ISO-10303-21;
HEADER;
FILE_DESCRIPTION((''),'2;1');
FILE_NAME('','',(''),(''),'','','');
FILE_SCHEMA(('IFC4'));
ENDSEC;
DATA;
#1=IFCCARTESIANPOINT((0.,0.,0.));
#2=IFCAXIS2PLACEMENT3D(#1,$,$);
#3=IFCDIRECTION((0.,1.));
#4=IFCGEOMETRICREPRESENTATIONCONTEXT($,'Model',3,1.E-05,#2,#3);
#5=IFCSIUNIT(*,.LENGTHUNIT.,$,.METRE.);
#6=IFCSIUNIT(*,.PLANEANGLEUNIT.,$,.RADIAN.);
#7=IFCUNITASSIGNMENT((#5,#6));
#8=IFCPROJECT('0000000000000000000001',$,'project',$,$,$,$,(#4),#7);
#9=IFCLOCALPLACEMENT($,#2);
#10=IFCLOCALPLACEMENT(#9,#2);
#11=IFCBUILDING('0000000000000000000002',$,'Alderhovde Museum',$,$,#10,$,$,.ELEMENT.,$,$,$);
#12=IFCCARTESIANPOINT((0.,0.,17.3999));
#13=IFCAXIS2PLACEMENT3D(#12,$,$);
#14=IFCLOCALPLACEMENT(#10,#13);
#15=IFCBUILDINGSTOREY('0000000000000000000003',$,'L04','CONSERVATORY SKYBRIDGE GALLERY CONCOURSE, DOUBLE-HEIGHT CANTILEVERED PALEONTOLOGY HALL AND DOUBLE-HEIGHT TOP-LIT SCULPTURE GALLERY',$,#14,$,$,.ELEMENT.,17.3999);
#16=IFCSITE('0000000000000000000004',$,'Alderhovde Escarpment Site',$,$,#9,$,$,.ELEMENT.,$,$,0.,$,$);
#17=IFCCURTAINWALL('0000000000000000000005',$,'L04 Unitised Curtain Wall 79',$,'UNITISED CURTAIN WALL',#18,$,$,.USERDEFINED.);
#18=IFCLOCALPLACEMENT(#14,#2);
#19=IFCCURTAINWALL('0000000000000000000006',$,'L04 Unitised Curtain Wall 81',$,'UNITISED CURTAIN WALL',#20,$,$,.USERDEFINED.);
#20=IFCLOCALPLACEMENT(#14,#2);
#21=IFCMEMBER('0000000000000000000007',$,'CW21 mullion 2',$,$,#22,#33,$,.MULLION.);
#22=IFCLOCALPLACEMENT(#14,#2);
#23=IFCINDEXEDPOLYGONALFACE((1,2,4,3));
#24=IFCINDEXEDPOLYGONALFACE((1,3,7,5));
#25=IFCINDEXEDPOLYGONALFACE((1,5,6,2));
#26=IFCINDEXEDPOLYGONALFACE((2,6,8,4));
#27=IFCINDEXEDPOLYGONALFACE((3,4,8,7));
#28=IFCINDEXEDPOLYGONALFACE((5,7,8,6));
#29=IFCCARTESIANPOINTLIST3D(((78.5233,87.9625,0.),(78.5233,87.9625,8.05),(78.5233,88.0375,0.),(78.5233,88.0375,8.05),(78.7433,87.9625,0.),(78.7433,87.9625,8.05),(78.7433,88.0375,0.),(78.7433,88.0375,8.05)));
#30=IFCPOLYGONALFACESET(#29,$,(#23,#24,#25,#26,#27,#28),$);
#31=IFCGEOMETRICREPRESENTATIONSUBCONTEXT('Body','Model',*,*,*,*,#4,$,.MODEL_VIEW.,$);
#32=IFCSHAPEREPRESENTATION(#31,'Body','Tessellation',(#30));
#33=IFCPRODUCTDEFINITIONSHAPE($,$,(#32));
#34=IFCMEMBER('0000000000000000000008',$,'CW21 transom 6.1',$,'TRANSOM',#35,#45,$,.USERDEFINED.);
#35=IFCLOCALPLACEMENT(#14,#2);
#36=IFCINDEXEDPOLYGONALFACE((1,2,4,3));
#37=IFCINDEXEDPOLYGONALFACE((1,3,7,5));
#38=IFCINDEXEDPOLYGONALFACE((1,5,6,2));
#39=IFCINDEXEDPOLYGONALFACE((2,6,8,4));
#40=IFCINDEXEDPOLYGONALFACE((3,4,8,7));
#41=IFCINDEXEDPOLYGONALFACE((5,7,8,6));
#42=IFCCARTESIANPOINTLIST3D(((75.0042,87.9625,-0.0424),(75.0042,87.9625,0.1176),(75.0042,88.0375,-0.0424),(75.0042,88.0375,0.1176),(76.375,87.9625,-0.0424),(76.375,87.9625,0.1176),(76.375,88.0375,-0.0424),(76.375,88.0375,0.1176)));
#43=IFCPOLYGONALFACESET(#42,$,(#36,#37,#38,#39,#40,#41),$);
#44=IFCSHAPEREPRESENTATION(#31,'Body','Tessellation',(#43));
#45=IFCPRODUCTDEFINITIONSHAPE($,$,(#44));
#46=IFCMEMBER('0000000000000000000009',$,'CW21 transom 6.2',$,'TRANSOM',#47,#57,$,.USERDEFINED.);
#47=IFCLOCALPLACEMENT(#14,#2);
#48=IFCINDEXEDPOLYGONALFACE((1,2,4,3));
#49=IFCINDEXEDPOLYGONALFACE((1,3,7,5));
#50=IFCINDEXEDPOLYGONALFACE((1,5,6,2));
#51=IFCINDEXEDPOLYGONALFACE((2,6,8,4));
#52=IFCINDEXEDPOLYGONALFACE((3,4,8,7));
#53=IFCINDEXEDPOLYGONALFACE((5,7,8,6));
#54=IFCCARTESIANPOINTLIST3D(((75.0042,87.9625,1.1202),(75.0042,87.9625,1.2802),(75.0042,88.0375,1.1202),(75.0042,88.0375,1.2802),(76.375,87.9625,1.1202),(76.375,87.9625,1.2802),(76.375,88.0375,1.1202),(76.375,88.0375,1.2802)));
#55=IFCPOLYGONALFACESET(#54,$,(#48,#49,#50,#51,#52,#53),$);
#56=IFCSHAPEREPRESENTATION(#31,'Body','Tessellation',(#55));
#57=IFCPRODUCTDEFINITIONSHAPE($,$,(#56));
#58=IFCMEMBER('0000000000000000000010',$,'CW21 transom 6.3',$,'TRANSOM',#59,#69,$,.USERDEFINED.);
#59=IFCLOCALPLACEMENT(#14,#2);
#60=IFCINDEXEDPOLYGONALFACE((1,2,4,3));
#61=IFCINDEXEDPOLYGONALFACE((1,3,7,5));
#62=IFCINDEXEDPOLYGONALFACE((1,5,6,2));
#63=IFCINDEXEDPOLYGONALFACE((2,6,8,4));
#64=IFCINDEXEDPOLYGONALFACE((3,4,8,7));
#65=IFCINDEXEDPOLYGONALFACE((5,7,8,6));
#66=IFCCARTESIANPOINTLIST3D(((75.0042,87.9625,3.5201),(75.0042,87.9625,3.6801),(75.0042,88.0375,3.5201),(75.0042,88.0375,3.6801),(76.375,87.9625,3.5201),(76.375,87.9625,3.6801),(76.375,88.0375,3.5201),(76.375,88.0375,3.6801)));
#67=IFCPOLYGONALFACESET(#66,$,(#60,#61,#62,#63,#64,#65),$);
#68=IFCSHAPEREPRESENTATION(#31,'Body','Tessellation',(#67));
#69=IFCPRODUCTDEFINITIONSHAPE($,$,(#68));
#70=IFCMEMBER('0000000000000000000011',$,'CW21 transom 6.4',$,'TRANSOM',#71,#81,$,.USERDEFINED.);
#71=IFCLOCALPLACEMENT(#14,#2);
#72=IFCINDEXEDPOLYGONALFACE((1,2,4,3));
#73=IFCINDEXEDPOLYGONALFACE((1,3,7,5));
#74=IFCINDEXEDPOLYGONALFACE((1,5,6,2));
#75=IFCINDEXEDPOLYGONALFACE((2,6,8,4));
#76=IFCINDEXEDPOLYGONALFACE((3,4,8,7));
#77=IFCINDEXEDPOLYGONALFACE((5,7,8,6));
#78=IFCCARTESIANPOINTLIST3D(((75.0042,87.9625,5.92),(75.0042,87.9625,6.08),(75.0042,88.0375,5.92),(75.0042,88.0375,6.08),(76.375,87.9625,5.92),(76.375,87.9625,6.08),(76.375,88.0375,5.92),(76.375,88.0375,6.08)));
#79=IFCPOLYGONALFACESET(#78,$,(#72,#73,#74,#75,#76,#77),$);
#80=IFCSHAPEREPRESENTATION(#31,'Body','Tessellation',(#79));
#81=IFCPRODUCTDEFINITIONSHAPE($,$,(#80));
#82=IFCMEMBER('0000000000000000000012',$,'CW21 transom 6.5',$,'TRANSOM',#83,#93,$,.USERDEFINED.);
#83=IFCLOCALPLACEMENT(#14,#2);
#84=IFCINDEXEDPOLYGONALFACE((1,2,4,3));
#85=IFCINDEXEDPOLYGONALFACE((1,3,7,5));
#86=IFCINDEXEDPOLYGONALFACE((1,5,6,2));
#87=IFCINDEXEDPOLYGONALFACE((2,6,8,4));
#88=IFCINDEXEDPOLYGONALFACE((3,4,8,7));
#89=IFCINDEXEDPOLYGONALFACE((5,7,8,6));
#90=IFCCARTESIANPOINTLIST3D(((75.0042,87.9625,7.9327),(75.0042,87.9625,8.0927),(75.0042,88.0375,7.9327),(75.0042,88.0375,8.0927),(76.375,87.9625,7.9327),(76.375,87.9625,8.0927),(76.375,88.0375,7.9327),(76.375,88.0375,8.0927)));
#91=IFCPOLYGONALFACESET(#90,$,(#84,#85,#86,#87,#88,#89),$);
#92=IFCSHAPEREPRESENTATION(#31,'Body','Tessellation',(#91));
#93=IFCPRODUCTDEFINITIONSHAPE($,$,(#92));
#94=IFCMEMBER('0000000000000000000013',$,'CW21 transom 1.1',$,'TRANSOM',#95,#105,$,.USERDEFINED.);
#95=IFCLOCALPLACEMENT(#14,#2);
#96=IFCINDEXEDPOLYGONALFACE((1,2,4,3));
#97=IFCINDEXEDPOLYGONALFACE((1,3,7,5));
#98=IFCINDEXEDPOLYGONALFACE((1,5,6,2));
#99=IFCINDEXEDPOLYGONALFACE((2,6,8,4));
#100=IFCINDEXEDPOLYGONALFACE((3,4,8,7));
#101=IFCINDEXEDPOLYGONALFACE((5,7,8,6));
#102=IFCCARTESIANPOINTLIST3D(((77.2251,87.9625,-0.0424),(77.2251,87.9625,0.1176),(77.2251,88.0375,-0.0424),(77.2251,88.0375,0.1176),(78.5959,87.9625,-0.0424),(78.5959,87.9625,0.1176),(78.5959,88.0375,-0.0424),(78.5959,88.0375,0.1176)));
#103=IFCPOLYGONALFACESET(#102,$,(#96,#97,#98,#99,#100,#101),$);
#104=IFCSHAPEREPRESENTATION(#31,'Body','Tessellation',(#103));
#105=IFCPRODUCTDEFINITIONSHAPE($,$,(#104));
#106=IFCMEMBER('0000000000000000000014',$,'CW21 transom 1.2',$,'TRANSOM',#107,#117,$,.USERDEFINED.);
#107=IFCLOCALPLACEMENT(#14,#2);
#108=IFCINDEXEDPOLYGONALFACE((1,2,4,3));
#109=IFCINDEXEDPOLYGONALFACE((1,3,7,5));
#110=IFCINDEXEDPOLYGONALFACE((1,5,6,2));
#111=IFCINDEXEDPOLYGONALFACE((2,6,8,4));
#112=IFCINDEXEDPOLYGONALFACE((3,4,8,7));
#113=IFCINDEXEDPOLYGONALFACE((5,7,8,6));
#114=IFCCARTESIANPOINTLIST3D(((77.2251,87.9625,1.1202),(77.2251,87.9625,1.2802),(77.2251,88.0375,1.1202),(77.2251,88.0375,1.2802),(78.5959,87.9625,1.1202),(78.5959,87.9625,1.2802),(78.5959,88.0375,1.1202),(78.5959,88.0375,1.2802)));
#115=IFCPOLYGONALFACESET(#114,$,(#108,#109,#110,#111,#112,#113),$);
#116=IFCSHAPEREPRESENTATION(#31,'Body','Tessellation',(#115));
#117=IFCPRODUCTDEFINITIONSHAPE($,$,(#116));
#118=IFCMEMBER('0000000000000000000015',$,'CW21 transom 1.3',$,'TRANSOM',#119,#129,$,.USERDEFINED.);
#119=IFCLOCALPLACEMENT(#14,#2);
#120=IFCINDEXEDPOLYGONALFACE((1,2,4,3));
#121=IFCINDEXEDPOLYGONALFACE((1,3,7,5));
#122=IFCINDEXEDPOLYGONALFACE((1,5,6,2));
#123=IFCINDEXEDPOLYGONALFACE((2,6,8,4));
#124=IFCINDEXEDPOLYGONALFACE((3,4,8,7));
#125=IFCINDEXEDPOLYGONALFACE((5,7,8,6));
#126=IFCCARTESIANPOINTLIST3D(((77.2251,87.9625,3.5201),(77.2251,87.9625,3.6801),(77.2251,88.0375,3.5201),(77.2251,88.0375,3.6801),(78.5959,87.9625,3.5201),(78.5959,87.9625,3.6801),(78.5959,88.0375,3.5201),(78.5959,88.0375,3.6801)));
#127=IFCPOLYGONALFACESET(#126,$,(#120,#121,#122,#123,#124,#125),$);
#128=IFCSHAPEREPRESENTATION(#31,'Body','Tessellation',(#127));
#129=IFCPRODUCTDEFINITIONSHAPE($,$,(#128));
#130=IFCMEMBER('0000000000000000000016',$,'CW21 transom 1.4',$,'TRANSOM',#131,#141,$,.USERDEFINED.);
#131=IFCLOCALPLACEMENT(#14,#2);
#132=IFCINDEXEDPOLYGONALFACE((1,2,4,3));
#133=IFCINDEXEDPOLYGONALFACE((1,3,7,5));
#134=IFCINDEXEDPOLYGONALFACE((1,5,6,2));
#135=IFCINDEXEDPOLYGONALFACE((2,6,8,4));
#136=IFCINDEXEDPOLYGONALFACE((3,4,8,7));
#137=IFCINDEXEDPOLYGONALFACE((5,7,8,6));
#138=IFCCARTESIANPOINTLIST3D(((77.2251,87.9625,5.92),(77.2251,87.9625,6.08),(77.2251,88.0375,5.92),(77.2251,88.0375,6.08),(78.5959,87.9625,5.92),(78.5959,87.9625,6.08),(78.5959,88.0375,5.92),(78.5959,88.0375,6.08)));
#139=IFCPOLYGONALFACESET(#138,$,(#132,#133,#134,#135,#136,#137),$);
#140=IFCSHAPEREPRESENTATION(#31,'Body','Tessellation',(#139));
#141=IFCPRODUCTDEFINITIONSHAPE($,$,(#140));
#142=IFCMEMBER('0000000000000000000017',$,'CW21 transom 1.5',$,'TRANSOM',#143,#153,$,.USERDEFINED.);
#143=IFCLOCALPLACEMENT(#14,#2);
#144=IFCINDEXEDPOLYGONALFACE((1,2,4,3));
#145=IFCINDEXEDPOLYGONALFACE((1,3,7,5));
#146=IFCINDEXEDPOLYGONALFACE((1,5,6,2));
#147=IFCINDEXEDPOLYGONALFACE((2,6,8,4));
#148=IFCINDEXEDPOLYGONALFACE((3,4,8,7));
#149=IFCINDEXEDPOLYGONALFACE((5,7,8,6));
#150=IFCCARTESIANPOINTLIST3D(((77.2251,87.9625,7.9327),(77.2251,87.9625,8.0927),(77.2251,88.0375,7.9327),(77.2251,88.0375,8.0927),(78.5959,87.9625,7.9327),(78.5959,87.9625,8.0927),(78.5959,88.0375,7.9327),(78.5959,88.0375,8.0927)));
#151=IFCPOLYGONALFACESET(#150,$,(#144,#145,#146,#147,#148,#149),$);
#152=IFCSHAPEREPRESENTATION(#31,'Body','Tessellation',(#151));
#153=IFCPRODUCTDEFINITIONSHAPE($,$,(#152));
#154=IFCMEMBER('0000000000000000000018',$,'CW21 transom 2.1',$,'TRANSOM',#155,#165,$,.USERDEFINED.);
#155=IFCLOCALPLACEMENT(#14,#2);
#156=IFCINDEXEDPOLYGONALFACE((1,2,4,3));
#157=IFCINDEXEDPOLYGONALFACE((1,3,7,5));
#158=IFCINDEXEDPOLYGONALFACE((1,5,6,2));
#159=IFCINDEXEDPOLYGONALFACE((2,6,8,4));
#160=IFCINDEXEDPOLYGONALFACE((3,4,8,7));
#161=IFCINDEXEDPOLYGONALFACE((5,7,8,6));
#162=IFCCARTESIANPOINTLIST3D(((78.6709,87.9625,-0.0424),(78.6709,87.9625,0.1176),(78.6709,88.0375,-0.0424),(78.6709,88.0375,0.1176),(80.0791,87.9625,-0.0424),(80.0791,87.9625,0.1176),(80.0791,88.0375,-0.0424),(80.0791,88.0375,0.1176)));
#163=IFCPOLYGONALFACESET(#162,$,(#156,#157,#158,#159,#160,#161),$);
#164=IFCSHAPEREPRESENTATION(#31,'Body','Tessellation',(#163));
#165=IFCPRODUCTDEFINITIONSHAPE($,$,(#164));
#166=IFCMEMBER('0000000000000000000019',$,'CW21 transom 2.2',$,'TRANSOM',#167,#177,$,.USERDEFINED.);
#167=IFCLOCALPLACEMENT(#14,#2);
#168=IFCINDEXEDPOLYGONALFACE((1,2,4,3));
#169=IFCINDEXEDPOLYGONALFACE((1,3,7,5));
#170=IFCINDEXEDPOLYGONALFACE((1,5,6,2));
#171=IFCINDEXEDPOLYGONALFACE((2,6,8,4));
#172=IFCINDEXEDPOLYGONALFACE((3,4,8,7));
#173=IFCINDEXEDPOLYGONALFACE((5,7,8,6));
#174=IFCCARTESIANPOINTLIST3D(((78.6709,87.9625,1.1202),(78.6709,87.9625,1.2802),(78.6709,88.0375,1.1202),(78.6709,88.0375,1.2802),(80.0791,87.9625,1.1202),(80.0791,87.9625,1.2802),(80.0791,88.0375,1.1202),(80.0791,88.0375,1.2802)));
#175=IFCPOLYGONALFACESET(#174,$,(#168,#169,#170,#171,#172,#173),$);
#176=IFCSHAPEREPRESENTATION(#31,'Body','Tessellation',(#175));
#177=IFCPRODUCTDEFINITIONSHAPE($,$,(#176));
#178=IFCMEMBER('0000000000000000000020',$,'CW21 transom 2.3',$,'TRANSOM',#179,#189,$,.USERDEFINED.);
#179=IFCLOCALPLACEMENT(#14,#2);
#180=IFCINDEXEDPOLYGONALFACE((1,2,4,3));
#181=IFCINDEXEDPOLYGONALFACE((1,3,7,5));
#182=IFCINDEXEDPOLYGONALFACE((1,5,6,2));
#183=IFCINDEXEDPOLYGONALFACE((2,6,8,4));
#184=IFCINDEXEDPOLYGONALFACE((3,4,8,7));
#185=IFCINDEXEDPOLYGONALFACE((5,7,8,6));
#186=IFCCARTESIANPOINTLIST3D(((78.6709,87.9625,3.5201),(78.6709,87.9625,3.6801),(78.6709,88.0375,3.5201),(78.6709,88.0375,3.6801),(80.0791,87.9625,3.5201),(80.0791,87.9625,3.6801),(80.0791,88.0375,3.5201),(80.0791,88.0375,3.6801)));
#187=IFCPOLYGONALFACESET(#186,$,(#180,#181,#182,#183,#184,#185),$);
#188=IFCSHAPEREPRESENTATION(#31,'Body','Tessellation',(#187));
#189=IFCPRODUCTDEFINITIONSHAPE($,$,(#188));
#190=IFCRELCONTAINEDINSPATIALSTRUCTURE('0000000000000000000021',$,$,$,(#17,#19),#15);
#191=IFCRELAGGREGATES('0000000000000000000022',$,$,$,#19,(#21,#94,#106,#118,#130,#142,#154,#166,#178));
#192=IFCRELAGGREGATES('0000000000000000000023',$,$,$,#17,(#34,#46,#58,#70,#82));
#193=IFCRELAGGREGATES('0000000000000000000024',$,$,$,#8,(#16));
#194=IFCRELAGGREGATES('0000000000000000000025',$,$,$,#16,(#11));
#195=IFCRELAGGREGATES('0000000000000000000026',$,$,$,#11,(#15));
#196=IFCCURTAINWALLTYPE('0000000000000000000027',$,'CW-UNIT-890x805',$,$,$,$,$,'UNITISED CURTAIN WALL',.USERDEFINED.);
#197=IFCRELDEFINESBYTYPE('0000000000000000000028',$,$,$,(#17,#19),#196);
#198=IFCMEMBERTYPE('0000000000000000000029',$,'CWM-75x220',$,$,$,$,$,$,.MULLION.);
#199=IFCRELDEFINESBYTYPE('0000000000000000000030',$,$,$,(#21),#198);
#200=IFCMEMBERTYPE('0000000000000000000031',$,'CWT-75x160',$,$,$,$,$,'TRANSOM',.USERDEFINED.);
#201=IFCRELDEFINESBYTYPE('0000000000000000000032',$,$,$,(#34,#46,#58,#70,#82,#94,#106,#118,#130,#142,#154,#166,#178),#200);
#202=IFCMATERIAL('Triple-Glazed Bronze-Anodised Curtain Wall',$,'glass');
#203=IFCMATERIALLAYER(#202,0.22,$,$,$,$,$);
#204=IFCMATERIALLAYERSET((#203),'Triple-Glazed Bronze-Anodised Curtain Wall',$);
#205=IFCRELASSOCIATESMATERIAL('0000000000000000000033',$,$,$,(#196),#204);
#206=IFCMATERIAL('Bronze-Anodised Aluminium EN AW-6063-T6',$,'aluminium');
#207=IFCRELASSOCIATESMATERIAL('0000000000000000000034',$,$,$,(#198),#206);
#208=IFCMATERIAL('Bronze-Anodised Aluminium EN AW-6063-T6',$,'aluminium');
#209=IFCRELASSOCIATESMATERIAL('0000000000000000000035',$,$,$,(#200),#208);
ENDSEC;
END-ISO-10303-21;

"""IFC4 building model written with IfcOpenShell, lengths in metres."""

from ifc_helpers import new_model, si_unit, direction, frame, origin, origin_2d, place, context, subcontext, project, spatial, rectangle, extrude, material, layer, layer_set, material_profile, profile_set, type_object, element, aggregate, save


model = new_model("IFC4")

# Units and contexts
model_context = context("Model", 3, precision=1e-05, world=origin(), true_north=direction((0.0, 1.0)))
body_context = subcontext(model_context, "Body", "Model", "MODEL_VIEW")
ifc_project = project(units=[si_unit("LENGTHUNIT", "METRE"), si_unit("PLANEANGLEUNIT", "RADIAN")], contexts=[model_context])

# Site, building, storey
site_placement = place(None, origin())
site = spatial("IfcSite", under=ifc_project, at=site_placement, Name="Alderhovde Escarpment Site", CompositionType="ELEMENT", RefElevation=0.0)
building_placement = place(site_placement, origin())
building = spatial("IfcBuilding", under=site, at=building_placement, Name="Alderhovde Museum", CompositionType="ELEMENT")
storey_placement = place(building_placement, frame((0.0, 0.0, 17.3999)))
storey = spatial("IfcBuildingStorey", under=building, at=storey_placement, Name="L04", Description="CONSERVATORY SKYBRIDGE GALLERY CONCOURSE, DOUBLE-HEIGHT CANTILEVERED PALEONTOLOGY HALL AND DOUBLE-HEIGHT TOP-LIT SCULPTURE GALLERY", CompositionType="ELEMENT", Elevation=17.3999)

# Curtain walls, member
ifc_material_1 = material(Name="Triple-Glazed Bronze-Anodised Curtain Wall", Category="glass")
ifc_layer_1 = layer(ifc_material_1, 0.22)
ifc_layer_set_1 = layer_set([ifc_layer_1], Name="Triple-Glazed Bronze-Anodised Curtain Wall")
curtain_wall_type = type_object("IfcCurtainWallType", Name="CW-UNIT-890x805", ElementType="UNITISED CURTAIN WALL", PredefinedType="USERDEFINED", material=ifc_layer_set_1)
curtain_wall_1_placement = place(storey_placement, origin())
curtain_wall_1 = element("IfcCurtainWall", 1, at=curtain_wall_1_placement, inside=storey, type_object=curtain_wall_type, Name="L04 Unitised Curtain Wall 79", ObjectType="UNITISED CURTAIN WALL", PredefinedType="USERDEFINED")
ifc_material_2 = material(Name="Bronze-Anodised Aluminium EN AW-6063-T6", Category="aluminium")
ifc_material_profile_1 = material_profile(ifc_material_2, rectangle(XDim=0.075, YDim=0.22, at=origin_2d()), Name="MULLION 75x220")
ifc_profile_set_1 = profile_set([ifc_material_profile_1], Name="Bronze-Anodised Aluminium EN AW-6063-T6")
member_type_1 = type_object("IfcMemberType", Name="CWM-75x220", PredefinedType="MULLION", material=ifc_profile_set_1)
curtain_wall_2_placement = place(storey_placement, origin())
curtain_wall_2 = element("IfcCurtainWall", 2, at=curtain_wall_2_placement, inside=storey, type_object=curtain_wall_type, Name="L04 Unitised Curtain Wall 81", ObjectType="UNITISED CURTAIN WALL", PredefinedType="USERDEFINED")
member_1_placement = place(storey_placement, frame((78.6333, 88.0, 0.0), z_axis=(0.0, 0.0, 1.0), x_axis=(0.0, 1.0, 0.0)))
member_1 = element("IfcMember", 3, at=member_1_placement, type_object=member_type_1, Name="CW21 mullion 2", PredefinedType="MULLION", context=body_context, shape_type="SweptSolid", body=[
    extrude(rectangle(XDim=0.075, YDim=0.22, at=origin_2d()), origin(), (0.0, 0.0, 1.0), 8.05),
])

# Members
ifc_material_3 = material(Name="Bronze-Anodised Aluminium EN AW-6063-T6", Category="aluminium")
ifc_material_profile_2 = material_profile(ifc_material_3, rectangle(XDim=0.075, YDim=0.1599, at=origin_2d()), Name="TRANSOM 75x160")
ifc_profile_set_2 = profile_set([ifc_material_profile_2], Name="Bronze-Anodised Aluminium EN AW-6063-T6")
member_type_2 = type_object("IfcMemberType", Name="CWT-75x160", ElementType="TRANSOM", PredefinedType="USERDEFINED", material=ifc_profile_set_2)
member_2_placement = place(storey_placement, frame((75.0042, 88.0, 0.0376), z_axis=(1.0, 0.0, 0.0), x_axis=(0.0, 1.0, 0.0)))
member_2 = element("IfcMember", 4, at=member_2_placement, type_object=member_type_2, Name="CW21 transom 6.1", ObjectType="TRANSOM", PredefinedType="USERDEFINED", context=body_context, shape_type="SweptSolid", body=[
    extrude(rectangle(XDim=0.075, YDim=0.1599, at=origin_2d()), origin(), (0.0, 0.0, 1.0), 1.3708),
])
member_3_placement = place(storey_placement, frame((75.0042, 88.0, 1.2002), z_axis=(1.0, 0.0, 0.0), x_axis=(0.0, 1.0, 0.0)))
member_3 = element("IfcMember", 5, at=member_3_placement, type_object=member_type_2, Name="CW21 transom 6.2", ObjectType="TRANSOM", PredefinedType="USERDEFINED", context=body_context, shape_type="SweptSolid", body=[
    extrude(rectangle(XDim=0.075, YDim=0.1599, at=origin_2d()), origin(), (0.0, 0.0, 1.0), 1.3708),
])
member_4_placement = place(storey_placement, frame((75.0042, 88.0, 3.6001), z_axis=(1.0, 0.0, 0.0), x_axis=(0.0, 1.0, 0.0)))
member_4 = element("IfcMember", 6, at=member_4_placement, type_object=member_type_2, Name="CW21 transom 6.3", ObjectType="TRANSOM", PredefinedType="USERDEFINED", context=body_context, shape_type="SweptSolid", body=[
    extrude(rectangle(XDim=0.075, YDim=0.1599, at=origin_2d()), origin(), (0.0, 0.0, 1.0), 1.3708),
])
member_5_placement = place(storey_placement, frame((75.0042, 88.0, 6.0), z_axis=(1.0, 0.0, 0.0), x_axis=(0.0, 1.0, 0.0)))
member_5 = element("IfcMember", 7, at=member_5_placement, type_object=member_type_2, Name="CW21 transom 6.4", ObjectType="TRANSOM", PredefinedType="USERDEFINED", context=body_context, shape_type="SweptSolid", body=[
    extrude(rectangle(XDim=0.075, YDim=0.1599, at=origin_2d()), origin(), (0.0, 0.0, 1.0), 1.3708),
])
member_6_placement = place(storey_placement, frame((75.0042, 88.0, 8.0127), z_axis=(1.0, 0.0, 0.0), x_axis=(0.0, 1.0, 0.0)))
member_6 = element("IfcMember", 8, at=member_6_placement, type_object=member_type_2, Name="CW21 transom 6.5", ObjectType="TRANSOM", PredefinedType="USERDEFINED", context=body_context, shape_type="SweptSolid", body=[
    extrude(rectangle(XDim=0.075, YDim=0.1599, at=origin_2d()), origin(), (0.0, 0.0, 1.0), 1.3708),
])
member_7_placement = place(storey_placement, frame((77.2251, 88.0, 0.0376), z_axis=(1.0, 0.0, 0.0), x_axis=(0.0, 1.0, 0.0)))
member_7 = element("IfcMember", 9, at=member_7_placement, type_object=member_type_2, Name="CW21 transom 1.1", ObjectType="TRANSOM", PredefinedType="USERDEFINED", context=body_context, shape_type="SweptSolid", body=[
    extrude(rectangle(XDim=0.075, YDim=0.1599, at=origin_2d()), origin(), (0.0, 0.0, 1.0), 1.3708),
])
member_8_placement = place(storey_placement, frame((77.2251, 88.0, 1.2002), z_axis=(1.0, 0.0, 0.0), x_axis=(0.0, 1.0, 0.0)))
member_8 = element("IfcMember", 10, at=member_8_placement, type_object=member_type_2, Name="CW21 transom 1.2", ObjectType="TRANSOM", PredefinedType="USERDEFINED", context=body_context, shape_type="SweptSolid", body=[
    extrude(rectangle(XDim=0.075, YDim=0.1599, at=origin_2d()), origin(), (0.0, 0.0, 1.0), 1.3708),
])
member_9_placement = place(storey_placement, frame((77.2251, 88.0, 3.6001), z_axis=(1.0, 0.0, 0.0), x_axis=(0.0, 1.0, 0.0)))
member_9 = element("IfcMember", 11, at=member_9_placement, type_object=member_type_2, Name="CW21 transom 1.3", ObjectType="TRANSOM", PredefinedType="USERDEFINED", context=body_context, shape_type="SweptSolid", body=[
    extrude(rectangle(XDim=0.075, YDim=0.1599, at=origin_2d()), origin(), (0.0, 0.0, 1.0), 1.3708),
])
member_10_placement = place(storey_placement, frame((77.2251, 88.0, 6.0), z_axis=(1.0, 0.0, 0.0), x_axis=(0.0, 1.0, 0.0)))
member_10 = element("IfcMember", 12, at=member_10_placement, type_object=member_type_2, Name="CW21 transom 1.4", ObjectType="TRANSOM", PredefinedType="USERDEFINED", context=body_context, shape_type="SweptSolid", body=[
    extrude(rectangle(XDim=0.075, YDim=0.1599, at=origin_2d()), origin(), (0.0, 0.0, 1.0), 1.3708),
])
member_11_placement = place(storey_placement, frame((77.2251, 88.0, 8.0127), z_axis=(1.0, 0.0, 0.0), x_axis=(0.0, 1.0, 0.0)))
member_11 = element("IfcMember", 13, at=member_11_placement, type_object=member_type_2, Name="CW21 transom 1.5", ObjectType="TRANSOM", PredefinedType="USERDEFINED", context=body_context, shape_type="SweptSolid", body=[
    extrude(rectangle(XDim=0.075, YDim=0.1599, at=origin_2d()), origin(), (0.0, 0.0, 1.0), 1.3708),
])
member_12_placement = place(storey_placement, frame((78.6709, 88.0, 0.0376), z_axis=(1.0, 0.0, 0.0), x_axis=(0.0, 1.0, 0.0)))
member_12 = element("IfcMember", 14, at=member_12_placement, type_object=member_type_2, Name="CW21 transom 2.1", ObjectType="TRANSOM", PredefinedType="USERDEFINED", context=body_context, shape_type="SweptSolid", body=[
    extrude(rectangle(XDim=0.075, YDim=0.1599, at=origin_2d()), origin(), (0.0, 0.0, 1.0), 1.4082),
])
member_13_placement = place(storey_placement, frame((78.6709, 88.0, 1.2002), z_axis=(1.0, 0.0, 0.0), x_axis=(0.0, 1.0, 0.0)))
member_13 = element("IfcMember", 15, at=member_13_placement, type_object=member_type_2, Name="CW21 transom 2.2", ObjectType="TRANSOM", PredefinedType="USERDEFINED", context=body_context, shape_type="SweptSolid", body=[
    extrude(rectangle(XDim=0.075, YDim=0.1599, at=origin_2d()), origin(), (0.0, 0.0, 1.0), 1.4082),
])
member_14_placement = place(storey_placement, frame((78.6709, 88.0, 3.6001), z_axis=(1.0, 0.0, 0.0), x_axis=(0.0, 1.0, 0.0)))
member_14 = element("IfcMember", 16, at=member_14_placement, type_object=member_type_2, Name="CW21 transom 2.3", ObjectType="TRANSOM", PredefinedType="USERDEFINED", context=body_context, shape_type="SweptSolid", body=[
    extrude(rectangle(XDim=0.075, YDim=0.1599, at=origin_2d()), origin(), (0.0, 0.0, 1.0), 1.4082),
])

aggregate(curtain_wall_2, [member_1, member_7, member_8, member_9, member_10, member_11, member_12, member_13, member_14])
aggregate(curtain_wall_1, [member_2, member_3, member_4, member_5, member_6])

save(model, "model.ifc")
